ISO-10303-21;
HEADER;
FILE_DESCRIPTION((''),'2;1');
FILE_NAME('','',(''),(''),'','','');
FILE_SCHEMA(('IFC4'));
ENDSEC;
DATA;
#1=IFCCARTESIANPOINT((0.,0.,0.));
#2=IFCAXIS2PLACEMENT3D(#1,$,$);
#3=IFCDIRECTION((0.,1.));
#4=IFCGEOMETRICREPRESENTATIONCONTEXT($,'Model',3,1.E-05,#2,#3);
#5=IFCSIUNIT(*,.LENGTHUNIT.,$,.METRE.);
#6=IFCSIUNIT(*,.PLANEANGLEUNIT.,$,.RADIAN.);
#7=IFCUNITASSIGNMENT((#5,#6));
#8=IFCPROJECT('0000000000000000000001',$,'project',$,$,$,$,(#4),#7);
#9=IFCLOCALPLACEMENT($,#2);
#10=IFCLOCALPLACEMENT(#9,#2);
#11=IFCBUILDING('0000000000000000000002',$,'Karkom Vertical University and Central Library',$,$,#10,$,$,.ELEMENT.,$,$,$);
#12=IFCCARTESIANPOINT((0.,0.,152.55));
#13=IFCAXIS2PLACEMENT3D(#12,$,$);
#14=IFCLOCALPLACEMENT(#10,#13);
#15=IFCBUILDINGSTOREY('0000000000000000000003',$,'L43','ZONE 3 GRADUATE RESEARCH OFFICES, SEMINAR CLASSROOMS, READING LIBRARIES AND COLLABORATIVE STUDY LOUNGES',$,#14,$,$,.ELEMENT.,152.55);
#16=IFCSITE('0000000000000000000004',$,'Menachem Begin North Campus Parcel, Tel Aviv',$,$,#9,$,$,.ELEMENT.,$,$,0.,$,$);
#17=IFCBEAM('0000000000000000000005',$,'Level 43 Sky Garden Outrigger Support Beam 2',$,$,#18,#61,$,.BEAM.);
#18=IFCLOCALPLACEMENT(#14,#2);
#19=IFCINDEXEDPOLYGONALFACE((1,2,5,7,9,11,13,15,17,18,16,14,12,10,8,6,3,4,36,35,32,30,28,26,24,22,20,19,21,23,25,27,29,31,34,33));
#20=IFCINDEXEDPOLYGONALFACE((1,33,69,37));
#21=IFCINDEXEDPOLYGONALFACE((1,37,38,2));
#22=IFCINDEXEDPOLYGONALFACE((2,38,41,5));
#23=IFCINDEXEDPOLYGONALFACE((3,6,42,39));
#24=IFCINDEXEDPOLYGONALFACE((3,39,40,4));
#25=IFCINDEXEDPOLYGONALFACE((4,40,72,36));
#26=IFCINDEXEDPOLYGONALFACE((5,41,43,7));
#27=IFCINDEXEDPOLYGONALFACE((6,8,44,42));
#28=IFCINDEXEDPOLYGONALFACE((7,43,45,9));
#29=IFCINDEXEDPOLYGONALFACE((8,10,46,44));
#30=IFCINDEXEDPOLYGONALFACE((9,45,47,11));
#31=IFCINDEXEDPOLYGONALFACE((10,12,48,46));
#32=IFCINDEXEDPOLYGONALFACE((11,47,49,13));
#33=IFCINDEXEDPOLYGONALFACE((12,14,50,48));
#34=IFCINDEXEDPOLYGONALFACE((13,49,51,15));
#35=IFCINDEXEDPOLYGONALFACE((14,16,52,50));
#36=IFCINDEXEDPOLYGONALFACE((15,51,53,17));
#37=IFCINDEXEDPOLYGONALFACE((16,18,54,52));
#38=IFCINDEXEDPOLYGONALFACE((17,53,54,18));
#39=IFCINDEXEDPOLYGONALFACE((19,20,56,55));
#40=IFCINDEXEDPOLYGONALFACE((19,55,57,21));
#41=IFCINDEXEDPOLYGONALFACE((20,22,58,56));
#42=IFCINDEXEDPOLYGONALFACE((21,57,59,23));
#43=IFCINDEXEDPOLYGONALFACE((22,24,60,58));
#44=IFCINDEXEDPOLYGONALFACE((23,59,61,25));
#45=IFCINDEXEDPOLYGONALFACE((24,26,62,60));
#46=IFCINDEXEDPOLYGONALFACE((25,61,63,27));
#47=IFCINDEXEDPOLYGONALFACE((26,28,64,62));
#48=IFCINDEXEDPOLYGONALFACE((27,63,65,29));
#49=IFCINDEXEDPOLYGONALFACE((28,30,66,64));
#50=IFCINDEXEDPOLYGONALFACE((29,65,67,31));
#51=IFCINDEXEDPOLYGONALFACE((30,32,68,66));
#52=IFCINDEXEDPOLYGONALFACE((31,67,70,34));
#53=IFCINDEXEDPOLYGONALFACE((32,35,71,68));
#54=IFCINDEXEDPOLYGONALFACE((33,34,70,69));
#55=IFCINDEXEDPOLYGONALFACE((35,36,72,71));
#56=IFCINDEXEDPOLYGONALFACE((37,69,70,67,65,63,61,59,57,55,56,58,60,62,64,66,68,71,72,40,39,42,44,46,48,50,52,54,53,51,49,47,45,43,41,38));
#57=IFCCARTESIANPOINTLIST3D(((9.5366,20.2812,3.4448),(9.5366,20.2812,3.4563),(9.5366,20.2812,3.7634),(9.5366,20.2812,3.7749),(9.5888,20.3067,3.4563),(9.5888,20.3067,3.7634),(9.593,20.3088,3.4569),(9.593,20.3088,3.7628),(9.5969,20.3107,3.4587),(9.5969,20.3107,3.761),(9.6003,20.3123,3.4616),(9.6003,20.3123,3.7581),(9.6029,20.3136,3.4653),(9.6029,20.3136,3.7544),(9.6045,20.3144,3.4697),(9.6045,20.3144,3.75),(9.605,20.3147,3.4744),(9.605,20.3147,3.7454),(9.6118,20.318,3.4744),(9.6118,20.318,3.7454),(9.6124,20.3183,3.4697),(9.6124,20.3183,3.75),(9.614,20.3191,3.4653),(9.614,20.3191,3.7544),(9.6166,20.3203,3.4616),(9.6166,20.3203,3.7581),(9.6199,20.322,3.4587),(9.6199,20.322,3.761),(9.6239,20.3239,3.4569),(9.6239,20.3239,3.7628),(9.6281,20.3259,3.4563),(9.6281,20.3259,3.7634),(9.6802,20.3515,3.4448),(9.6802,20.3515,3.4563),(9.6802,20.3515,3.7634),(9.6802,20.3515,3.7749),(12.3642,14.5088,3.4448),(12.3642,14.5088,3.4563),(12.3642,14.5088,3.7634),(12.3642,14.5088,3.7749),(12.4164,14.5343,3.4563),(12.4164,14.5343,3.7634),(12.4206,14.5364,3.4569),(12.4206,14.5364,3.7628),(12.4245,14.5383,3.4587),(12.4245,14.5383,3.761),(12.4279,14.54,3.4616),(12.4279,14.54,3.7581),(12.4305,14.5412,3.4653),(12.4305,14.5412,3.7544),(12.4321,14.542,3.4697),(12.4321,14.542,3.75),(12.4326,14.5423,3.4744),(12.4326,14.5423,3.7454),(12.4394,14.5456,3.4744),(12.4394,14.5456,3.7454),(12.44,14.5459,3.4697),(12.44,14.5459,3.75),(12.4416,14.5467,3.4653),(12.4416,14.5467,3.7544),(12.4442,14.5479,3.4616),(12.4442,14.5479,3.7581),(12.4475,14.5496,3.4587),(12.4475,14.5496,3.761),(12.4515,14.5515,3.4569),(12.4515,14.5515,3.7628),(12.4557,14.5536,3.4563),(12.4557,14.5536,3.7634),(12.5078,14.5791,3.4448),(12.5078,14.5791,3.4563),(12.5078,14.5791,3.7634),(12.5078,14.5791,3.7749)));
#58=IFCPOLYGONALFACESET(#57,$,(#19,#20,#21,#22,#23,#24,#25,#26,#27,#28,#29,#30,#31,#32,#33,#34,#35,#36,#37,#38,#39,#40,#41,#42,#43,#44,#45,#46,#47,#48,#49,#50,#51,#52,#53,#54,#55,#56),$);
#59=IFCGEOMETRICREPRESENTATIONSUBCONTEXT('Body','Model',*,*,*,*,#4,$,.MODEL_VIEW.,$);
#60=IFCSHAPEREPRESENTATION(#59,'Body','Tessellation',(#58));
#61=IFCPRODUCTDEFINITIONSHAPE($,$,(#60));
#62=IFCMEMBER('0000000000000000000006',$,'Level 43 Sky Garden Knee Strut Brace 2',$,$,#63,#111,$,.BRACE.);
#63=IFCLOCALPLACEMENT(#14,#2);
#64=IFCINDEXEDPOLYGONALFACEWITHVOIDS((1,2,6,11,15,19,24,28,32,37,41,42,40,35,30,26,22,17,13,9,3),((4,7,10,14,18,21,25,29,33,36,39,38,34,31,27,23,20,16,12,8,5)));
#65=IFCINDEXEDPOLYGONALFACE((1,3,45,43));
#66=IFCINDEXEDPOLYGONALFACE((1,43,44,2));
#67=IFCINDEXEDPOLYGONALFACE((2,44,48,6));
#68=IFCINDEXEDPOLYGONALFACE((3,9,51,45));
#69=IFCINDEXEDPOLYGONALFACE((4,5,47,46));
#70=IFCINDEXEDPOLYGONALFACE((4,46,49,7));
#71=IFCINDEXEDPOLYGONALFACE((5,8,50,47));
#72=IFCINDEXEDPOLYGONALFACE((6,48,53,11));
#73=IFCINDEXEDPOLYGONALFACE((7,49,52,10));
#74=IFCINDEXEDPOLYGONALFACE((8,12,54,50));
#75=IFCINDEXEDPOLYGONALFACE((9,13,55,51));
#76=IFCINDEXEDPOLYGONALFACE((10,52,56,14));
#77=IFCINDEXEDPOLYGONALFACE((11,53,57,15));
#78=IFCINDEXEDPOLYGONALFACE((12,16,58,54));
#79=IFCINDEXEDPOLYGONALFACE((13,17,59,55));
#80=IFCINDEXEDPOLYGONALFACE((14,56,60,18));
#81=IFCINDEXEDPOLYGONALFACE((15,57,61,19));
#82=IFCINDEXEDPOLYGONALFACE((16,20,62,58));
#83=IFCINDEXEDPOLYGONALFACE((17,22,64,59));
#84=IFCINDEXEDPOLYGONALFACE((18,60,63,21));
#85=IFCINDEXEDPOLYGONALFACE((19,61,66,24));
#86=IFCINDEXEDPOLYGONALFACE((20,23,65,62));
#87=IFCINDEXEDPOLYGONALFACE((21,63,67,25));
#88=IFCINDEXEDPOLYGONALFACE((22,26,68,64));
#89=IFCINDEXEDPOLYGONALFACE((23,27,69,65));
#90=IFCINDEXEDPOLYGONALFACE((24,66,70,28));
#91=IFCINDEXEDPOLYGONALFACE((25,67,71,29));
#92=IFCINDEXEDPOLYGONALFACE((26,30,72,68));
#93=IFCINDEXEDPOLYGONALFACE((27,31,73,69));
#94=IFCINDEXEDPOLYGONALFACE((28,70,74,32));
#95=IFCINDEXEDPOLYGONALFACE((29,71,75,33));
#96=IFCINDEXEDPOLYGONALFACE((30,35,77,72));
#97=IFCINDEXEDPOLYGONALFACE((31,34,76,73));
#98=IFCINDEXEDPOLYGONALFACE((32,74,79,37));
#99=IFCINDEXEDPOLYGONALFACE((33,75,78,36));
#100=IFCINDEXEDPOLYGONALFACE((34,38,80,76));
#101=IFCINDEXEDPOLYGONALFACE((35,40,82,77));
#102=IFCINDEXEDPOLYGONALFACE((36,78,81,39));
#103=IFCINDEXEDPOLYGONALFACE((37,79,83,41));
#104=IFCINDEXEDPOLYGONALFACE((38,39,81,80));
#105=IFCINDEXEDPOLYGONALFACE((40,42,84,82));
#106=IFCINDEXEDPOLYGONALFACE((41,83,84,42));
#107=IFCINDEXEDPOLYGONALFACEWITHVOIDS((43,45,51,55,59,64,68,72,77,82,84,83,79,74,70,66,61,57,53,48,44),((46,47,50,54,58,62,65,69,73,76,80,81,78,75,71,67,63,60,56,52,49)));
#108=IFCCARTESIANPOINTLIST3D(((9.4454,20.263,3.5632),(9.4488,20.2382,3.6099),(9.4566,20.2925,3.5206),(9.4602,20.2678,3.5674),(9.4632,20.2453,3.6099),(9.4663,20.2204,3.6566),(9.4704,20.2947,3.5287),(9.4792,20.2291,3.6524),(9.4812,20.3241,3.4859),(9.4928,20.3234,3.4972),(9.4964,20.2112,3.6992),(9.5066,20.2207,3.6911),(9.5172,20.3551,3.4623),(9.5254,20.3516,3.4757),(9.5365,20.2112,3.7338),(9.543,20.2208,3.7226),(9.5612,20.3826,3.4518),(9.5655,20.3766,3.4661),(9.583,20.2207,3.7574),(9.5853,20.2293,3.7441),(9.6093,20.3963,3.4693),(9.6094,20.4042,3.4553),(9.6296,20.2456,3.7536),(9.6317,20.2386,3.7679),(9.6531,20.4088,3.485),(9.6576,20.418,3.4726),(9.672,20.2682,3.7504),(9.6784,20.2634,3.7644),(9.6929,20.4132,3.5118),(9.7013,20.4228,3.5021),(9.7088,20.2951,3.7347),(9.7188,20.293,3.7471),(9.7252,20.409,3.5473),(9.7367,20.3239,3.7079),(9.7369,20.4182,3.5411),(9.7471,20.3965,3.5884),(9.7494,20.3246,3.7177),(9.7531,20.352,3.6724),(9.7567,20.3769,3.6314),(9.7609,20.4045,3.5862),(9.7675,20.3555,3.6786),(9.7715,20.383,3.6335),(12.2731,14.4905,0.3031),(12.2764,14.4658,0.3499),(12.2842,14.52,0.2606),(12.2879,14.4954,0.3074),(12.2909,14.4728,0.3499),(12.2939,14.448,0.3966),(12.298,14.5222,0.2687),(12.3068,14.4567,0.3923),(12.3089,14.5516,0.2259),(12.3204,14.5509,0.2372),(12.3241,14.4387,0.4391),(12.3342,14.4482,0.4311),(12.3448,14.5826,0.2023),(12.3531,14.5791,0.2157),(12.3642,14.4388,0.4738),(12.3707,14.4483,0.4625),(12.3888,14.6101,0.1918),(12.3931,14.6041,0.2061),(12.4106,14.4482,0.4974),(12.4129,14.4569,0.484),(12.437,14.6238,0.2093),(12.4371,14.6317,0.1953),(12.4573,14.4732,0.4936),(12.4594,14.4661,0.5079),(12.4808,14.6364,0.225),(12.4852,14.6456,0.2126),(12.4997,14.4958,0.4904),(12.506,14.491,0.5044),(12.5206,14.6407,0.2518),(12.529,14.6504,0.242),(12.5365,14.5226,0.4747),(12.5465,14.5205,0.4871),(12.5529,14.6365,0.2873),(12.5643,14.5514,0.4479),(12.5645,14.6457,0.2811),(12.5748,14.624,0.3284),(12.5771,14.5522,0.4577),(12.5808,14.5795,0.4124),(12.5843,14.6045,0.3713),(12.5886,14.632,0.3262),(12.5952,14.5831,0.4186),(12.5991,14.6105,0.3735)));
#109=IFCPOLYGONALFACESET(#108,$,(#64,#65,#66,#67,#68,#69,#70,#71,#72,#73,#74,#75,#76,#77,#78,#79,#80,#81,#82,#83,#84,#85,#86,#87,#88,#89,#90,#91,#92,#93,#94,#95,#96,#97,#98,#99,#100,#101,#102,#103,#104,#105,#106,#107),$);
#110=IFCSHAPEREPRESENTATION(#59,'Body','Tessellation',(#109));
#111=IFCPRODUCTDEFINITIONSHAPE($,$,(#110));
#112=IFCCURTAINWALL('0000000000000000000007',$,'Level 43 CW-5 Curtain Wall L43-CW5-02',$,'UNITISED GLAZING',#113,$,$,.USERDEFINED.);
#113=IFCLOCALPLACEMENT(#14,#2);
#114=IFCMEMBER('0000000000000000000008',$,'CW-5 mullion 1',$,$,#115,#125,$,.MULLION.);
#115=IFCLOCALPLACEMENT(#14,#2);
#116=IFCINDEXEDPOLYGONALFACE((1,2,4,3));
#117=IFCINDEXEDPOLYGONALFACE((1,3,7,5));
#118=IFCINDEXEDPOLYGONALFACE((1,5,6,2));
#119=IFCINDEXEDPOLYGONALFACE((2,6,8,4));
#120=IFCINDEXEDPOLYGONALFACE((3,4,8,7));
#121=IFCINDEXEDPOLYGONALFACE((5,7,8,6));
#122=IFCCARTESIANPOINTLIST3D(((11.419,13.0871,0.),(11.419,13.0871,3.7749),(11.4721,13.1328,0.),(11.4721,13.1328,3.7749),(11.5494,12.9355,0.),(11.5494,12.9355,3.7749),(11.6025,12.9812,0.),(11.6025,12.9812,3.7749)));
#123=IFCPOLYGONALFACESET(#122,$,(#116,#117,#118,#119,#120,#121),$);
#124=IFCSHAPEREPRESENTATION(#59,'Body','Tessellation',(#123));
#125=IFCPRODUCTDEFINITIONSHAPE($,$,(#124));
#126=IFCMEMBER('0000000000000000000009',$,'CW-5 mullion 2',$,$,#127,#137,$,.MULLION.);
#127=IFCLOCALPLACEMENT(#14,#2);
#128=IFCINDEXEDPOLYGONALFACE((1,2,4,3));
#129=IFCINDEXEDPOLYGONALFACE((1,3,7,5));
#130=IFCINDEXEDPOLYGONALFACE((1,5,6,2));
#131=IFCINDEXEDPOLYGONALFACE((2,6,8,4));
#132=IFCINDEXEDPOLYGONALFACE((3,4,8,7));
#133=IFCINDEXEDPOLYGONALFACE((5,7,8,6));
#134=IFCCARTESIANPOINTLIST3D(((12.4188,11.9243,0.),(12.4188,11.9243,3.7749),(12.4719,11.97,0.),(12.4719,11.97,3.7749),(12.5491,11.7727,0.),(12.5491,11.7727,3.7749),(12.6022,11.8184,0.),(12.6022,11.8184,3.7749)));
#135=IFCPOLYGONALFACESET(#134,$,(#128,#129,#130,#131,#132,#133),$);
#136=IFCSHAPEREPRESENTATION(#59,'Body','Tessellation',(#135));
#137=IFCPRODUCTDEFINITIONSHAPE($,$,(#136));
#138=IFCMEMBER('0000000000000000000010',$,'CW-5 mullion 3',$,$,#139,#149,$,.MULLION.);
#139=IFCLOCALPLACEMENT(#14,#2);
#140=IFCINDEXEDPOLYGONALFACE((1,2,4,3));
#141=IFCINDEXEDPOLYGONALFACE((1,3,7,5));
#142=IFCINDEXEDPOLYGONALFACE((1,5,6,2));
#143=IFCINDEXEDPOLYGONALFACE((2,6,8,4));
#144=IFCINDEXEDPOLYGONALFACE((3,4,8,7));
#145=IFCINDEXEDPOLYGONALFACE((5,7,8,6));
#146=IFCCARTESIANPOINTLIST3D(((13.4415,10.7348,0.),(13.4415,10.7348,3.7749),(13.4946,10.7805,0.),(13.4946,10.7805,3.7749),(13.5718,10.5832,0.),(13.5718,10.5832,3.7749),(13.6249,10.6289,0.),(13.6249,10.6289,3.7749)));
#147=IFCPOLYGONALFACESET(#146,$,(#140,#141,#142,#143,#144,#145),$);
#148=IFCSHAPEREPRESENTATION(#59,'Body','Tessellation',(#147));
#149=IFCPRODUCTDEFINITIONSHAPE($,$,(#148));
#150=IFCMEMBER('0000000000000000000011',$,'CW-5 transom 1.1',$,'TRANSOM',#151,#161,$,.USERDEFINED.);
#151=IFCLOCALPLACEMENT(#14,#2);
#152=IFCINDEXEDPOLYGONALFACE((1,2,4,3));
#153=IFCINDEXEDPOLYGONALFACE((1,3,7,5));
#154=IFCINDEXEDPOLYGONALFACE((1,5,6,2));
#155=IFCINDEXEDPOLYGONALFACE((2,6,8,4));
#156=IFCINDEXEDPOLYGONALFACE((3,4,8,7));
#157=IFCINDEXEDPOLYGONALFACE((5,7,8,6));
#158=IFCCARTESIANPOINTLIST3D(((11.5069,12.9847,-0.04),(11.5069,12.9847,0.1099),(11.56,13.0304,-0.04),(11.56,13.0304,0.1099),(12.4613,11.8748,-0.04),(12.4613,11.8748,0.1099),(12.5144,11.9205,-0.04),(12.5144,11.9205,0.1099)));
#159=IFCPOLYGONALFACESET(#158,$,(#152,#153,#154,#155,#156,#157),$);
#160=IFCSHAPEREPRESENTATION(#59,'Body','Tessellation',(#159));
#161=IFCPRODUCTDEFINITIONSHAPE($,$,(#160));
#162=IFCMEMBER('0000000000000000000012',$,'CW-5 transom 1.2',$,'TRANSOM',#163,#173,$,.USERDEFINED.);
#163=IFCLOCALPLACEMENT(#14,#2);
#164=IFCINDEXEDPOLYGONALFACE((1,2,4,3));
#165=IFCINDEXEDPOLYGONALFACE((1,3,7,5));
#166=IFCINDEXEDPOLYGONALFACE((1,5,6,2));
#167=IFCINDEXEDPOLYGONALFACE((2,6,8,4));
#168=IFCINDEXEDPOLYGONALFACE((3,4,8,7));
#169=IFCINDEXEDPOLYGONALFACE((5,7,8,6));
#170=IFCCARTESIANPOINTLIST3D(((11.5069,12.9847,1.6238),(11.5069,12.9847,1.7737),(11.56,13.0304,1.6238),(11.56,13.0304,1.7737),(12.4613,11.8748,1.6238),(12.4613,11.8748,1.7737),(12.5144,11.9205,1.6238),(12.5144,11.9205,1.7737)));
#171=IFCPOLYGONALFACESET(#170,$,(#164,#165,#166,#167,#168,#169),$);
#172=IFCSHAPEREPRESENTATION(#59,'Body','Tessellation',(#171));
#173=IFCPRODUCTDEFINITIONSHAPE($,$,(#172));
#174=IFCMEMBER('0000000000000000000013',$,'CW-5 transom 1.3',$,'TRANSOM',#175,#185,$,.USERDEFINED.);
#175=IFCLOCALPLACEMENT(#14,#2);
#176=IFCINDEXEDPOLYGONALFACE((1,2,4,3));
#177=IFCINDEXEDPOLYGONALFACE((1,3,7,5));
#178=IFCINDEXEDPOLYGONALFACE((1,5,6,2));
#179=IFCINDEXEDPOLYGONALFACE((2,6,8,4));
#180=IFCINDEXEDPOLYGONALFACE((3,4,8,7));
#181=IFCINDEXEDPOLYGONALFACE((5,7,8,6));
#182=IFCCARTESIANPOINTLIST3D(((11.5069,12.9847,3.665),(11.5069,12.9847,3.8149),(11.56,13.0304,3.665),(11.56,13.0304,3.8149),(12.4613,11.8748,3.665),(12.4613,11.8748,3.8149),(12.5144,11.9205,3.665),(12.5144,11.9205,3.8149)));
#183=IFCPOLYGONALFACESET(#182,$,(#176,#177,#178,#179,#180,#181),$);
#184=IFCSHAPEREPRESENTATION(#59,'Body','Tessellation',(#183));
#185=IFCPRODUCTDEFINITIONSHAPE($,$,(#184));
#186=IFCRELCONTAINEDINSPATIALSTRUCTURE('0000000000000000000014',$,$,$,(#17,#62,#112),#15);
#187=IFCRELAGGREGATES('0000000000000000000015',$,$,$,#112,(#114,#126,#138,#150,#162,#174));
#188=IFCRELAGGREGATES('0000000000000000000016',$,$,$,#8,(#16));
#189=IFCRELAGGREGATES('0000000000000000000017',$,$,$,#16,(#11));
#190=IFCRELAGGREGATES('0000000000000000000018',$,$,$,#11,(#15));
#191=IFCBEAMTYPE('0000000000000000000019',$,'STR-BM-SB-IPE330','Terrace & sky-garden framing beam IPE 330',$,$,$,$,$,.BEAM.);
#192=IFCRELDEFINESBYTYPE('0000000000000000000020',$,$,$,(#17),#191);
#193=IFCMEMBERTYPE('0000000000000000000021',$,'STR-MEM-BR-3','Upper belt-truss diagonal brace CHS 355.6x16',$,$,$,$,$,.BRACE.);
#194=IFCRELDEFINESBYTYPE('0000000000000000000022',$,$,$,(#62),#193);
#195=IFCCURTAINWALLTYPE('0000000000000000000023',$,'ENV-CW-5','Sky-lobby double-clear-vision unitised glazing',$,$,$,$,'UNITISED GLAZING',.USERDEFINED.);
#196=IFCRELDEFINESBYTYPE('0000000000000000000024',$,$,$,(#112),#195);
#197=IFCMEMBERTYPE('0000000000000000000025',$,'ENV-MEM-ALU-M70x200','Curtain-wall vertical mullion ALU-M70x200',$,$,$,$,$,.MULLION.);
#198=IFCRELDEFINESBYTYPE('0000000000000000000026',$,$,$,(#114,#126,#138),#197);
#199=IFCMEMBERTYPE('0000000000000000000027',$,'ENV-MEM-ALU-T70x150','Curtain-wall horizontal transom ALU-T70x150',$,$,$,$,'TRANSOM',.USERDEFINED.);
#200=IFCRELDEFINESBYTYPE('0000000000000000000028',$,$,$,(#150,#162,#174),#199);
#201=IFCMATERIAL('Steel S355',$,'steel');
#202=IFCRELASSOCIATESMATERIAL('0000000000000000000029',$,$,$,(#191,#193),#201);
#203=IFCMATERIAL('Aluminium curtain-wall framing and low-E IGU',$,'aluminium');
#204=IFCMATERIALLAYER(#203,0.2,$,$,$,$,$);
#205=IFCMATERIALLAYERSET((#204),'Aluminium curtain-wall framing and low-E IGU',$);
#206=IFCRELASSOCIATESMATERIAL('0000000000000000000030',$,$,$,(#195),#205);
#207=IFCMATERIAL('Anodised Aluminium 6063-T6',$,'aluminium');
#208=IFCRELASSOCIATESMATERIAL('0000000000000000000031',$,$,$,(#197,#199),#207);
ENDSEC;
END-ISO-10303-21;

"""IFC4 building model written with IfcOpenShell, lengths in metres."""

from ifc_helpers import new_model, si_unit, direction, frame, origin, origin_with_axes, origin_2d, place, context, subcontext, project, spatial, rectangle, hollow_circle, i_section, extrude, source, transform, mapped, material, layer, layer_set, material_profile, profile_set, type_object, element, aggregate, save


model = new_model("IFC4")

# Units and contexts
model_context = context("Model", 3, precision=1e-05, world=origin(), true_north=direction((0.0, 1.0)))
body_context = subcontext(model_context, "Body", "Model", "MODEL_VIEW")
ifc_project = project(units=[si_unit("LENGTHUNIT", "METRE"), si_unit("PLANEANGLEUNIT", "RADIAN")], contexts=[model_context])

# Site, building, storey
site_placement = place(None, origin())
site = spatial("IfcSite", under=ifc_project, at=site_placement, Name="Menachem Begin North Campus Parcel, Tel Aviv", CompositionType="ELEMENT", RefElevation=0.0)
building_placement = place(site_placement, origin())
building = spatial("IfcBuilding", under=site, at=building_placement, Name="Karkom Vertical University and Central Library", CompositionType="ELEMENT")
storey_placement = place(building_placement, frame((0.0, 0.0, 152.55)))
storey = spatial("IfcBuildingStorey", under=building, at=storey_placement, Name="L43", Description="ZONE 3 GRADUATE RESEARCH OFFICES, SEMINAR CLASSROOMS, READING LIBRARIES AND COLLABORATIVE STUDY LOUNGES", CompositionType="ELEMENT", Elevation=152.55)

# Beam
ifc_material_1 = material(Name="Steel S355", Category="steel")
ifc_material_profile_1 = material_profile(ifc_material_1, i_section(OverallWidth=0.1599, OverallDepth=0.3301, WebThickness=0.0076, FlangeThickness=0.0115, FilletRadius=0.0181, at=origin_2d()), Name="IPE 330")
ifc_profile_set_1 = profile_set([ifc_material_profile_1], Name="Steel S355")
beam_type_1 = type_object("IfcBeamType", Name="STR-BM-SB-IPE330", Description="Terrace & sky-garden framing beam IPE 330", PredefinedType="BEAM", material=ifc_profile_set_1)
shared_shape_1 = source(origin_with_axes(), body_context, "Body", "SweptSolid", [
    extrude(i_section(OverallWidth=0.1599, OverallDepth=0.3301, WebThickness=0.0076, FlangeThickness=0.0115, FilletRadius=0.0181, at=origin_2d()), origin(), (0.0, 0.0, 1.0), 6.4277),
])
beam_1_placement = place(storey_placement, frame((12.436, 14.5439, 3.6099), z_axis=(-0.439906, 0.898044, 0.0), x_axis=(-0.898044, -0.439906, 0.0)))
element("IfcBeam", 1, at=beam_1_placement, inside=storey, type_object=beam_type_1, Name="Level 43 Sky Garden Outrigger Support Beam 2", PredefinedType="BEAM", context=body_context, shape_type="MappedRepresentation", body=[
    mapped(shared_shape_1, transform((0.0, 0.0, 0.0), scale=1.0)),
])

# Member
ifc_material_profile_2 = material_profile(ifc_material_1, hollow_circle(Radius=0.1777, WallThickness=0.0161, at=origin_2d()), Name="CHS 355.6x16")
ifc_profile_set_2 = profile_set([ifc_material_profile_2], Name="Steel S355")
member_type_1 = type_object("IfcMemberType", Name="STR-MEM-BR-3", Description="Upper belt-truss diagonal brace CHS 355.6x16", PredefinedType="BRACE", material=ifc_profile_set_2)
shared_shape_2 = source(origin_with_axes(), body_context, "Body", "SweptSolid", [
    extrude(hollow_circle(Radius=0.1777, WallThickness=0.0161, at=origin_2d()), origin(), (0.0, 0.0, 1.0), 7.2073),
])
member_1_placement = place(storey_placement, frame((12.436, 14.5439, 0.3499), z_axis=(-0.392332, 0.800924, 0.452323), x_axis=(-0.898044, -0.439906, 0.0)))
element("IfcMember", 2, at=member_1_placement, inside=storey, type_object=member_type_1, Name="Level 43 Sky Garden Knee Strut Brace 2", PredefinedType="BRACE", context=body_context, shape_type="MappedRepresentation", body=[
    mapped(shared_shape_2, transform((0.0, 0.0, 0.0), scale=1.0)),
])

# Curtain wall, members
ifc_material_2 = material(Name="Aluminium curtain-wall framing and low-E IGU", Category="aluminium")
ifc_layer_1 = layer(ifc_material_2, 0.2)
ifc_layer_set_1 = layer_set([ifc_layer_1], Name="Aluminium curtain-wall framing and low-E IGU")
curtain_wall_type = type_object("IfcCurtainWallType", Name="ENV-CW-5", Description="Sky-lobby double-clear-vision unitised glazing", ElementType="UNITISED GLAZING", PredefinedType="USERDEFINED", material=ifc_layer_set_1)
curtain_wall_placement = place(storey_placement, origin())
curtain_wall = element("IfcCurtainWall", 3, at=curtain_wall_placement, inside=storey, type_object=curtain_wall_type, Name="Level 43 CW-5 Curtain Wall L43-CW5-02", ObjectType="UNITISED GLAZING", PredefinedType="USERDEFINED")
ifc_material_3 = material(Name="Anodised Aluminium 6063-T6", Category="aluminium")
ifc_material_profile_3 = material_profile(ifc_material_3, rectangle(XDim=0.0701, YDim=0.2, at=origin_2d()), Name="ALU-M70x200")
ifc_profile_set_3 = profile_set([ifc_material_profile_3], Name="Anodised Aluminium 6063-T6")
member_type_2 = type_object("IfcMemberType", Name="ENV-MEM-ALU-M70x200", Description="Curtain-wall vertical mullion ALU-M70x200", PredefinedType="MULLION", material=ifc_profile_set_3)
shared_shape_3 = source(origin_with_axes(), body_context, "Body", "SweptSolid", [
    extrude(rectangle(XDim=0.0701, YDim=0.2, at=origin_2d()), origin(), (0.0, 0.0, 1.0), 3.7749),
])
member_2_placement = place(storey_placement, frame((11.5107, 13.0342, 0.0), z_axis=(0.0, 0.0, 1.0), x_axis=(0.758242, 0.651974, 0.0)))
member_2 = element("IfcMember", 4, at=member_2_placement, type_object=member_type_2, Name="CW-5 mullion 1", PredefinedType="MULLION", context=body_context, shape_type="MappedRepresentation", body=[
    mapped(shared_shape_3, transform((0.0, 0.0, 0.0), scale=1.0)),
])
member_3_placement = place(storey_placement, frame((12.5105, 11.8713, 0.0), z_axis=(0.0, 0.0, 1.0), x_axis=(0.758242, 0.651974, 0.0)))
member_3 = element("IfcMember", 5, at=member_3_placement, type_object=member_type_2, Name="CW-5 mullion 2", PredefinedType="MULLION", context=body_context, shape_type="MappedRepresentation", body=[
    mapped(shared_shape_3, transform((0.0, 0.0, 0.0), scale=1.0)),
])
member_4_placement = place(storey_placement, frame((13.5332, 10.6819, 0.0), z_axis=(0.0, 0.0, 1.0), x_axis=(0.758242, 0.651974, 0.0)))
member_4 = element("IfcMember", 6, at=member_4_placement, type_object=member_type_2, Name="CW-5 mullion 3", PredefinedType="MULLION", context=body_context, shape_type="MappedRepresentation", body=[
    mapped(shared_shape_3, transform((0.0, 0.0, 0.0), scale=1.0)),
])
ifc_material_profile_4 = material_profile(ifc_material_3, rectangle(XDim=0.0701, YDim=0.1499, at=origin_2d()), Name="ALU-T70x150")
ifc_profile_set_4 = profile_set([ifc_material_profile_4], Name="Anodised Aluminium 6063-T6")
member_type_3 = type_object("IfcMemberType", Name="ENV-MEM-ALU-T70x150", Description="Curtain-wall horizontal transom ALU-T70x150", ElementType="TRANSOM", PredefinedType="USERDEFINED", material=ifc_profile_set_4)
shared_shape_4 = source(origin_with_axes(), body_context, "Body", "SweptSolid", [
    extrude(rectangle(XDim=0.0701, YDim=0.1499, at=origin_2d()), origin(), (0.0, 0.0, 1.0), 1.4639),
])
member_5_placement = place(storey_placement, frame((11.5334, 13.0076, 0.0349), z_axis=(0.651986, -0.758231, 0.0), x_axis=(0.758231, 0.651986, 0.0)))
member_5 = element("IfcMember", 7, at=member_5_placement, type_object=member_type_3, Name="CW-5 transom 1.1", ObjectType="TRANSOM", PredefinedType="USERDEFINED", context=body_context, shape_type="MappedRepresentation", body=[
    mapped(shared_shape_4, transform((0.0, 0.0, 0.0), scale=1.0)),
])
member_6_placement = place(storey_placement, frame((11.5334, 13.0076, 1.6987), z_axis=(0.651986, -0.758231, 0.0), x_axis=(0.758231, 0.651986, 0.0)))
member_6 = element("IfcMember", 8, at=member_6_placement, type_object=member_type_3, Name="CW-5 transom 1.2", ObjectType="TRANSOM", PredefinedType="USERDEFINED", context=body_context, shape_type="MappedRepresentation", body=[
    mapped(shared_shape_4, transform((0.0, 0.0, 0.0), scale=1.0)),
])
member_7_placement = place(storey_placement, frame((11.5334, 13.0076, 3.74), z_axis=(0.651986, -0.758231, 0.0), x_axis=(0.758231, 0.651986, 0.0)))
member_7 = element("IfcMember", 9, at=member_7_placement, type_object=member_type_3, Name="CW-5 transom 1.3", ObjectType="TRANSOM", PredefinedType="USERDEFINED", context=body_context, shape_type="MappedRepresentation", body=[
    mapped(shared_shape_4, transform((0.0, 0.0, 0.0), scale=1.0)),
])
aggregate(curtain_wall, [member_2, member_3, member_4, member_5, member_6, member_7])

save(model, "model.ifc")
